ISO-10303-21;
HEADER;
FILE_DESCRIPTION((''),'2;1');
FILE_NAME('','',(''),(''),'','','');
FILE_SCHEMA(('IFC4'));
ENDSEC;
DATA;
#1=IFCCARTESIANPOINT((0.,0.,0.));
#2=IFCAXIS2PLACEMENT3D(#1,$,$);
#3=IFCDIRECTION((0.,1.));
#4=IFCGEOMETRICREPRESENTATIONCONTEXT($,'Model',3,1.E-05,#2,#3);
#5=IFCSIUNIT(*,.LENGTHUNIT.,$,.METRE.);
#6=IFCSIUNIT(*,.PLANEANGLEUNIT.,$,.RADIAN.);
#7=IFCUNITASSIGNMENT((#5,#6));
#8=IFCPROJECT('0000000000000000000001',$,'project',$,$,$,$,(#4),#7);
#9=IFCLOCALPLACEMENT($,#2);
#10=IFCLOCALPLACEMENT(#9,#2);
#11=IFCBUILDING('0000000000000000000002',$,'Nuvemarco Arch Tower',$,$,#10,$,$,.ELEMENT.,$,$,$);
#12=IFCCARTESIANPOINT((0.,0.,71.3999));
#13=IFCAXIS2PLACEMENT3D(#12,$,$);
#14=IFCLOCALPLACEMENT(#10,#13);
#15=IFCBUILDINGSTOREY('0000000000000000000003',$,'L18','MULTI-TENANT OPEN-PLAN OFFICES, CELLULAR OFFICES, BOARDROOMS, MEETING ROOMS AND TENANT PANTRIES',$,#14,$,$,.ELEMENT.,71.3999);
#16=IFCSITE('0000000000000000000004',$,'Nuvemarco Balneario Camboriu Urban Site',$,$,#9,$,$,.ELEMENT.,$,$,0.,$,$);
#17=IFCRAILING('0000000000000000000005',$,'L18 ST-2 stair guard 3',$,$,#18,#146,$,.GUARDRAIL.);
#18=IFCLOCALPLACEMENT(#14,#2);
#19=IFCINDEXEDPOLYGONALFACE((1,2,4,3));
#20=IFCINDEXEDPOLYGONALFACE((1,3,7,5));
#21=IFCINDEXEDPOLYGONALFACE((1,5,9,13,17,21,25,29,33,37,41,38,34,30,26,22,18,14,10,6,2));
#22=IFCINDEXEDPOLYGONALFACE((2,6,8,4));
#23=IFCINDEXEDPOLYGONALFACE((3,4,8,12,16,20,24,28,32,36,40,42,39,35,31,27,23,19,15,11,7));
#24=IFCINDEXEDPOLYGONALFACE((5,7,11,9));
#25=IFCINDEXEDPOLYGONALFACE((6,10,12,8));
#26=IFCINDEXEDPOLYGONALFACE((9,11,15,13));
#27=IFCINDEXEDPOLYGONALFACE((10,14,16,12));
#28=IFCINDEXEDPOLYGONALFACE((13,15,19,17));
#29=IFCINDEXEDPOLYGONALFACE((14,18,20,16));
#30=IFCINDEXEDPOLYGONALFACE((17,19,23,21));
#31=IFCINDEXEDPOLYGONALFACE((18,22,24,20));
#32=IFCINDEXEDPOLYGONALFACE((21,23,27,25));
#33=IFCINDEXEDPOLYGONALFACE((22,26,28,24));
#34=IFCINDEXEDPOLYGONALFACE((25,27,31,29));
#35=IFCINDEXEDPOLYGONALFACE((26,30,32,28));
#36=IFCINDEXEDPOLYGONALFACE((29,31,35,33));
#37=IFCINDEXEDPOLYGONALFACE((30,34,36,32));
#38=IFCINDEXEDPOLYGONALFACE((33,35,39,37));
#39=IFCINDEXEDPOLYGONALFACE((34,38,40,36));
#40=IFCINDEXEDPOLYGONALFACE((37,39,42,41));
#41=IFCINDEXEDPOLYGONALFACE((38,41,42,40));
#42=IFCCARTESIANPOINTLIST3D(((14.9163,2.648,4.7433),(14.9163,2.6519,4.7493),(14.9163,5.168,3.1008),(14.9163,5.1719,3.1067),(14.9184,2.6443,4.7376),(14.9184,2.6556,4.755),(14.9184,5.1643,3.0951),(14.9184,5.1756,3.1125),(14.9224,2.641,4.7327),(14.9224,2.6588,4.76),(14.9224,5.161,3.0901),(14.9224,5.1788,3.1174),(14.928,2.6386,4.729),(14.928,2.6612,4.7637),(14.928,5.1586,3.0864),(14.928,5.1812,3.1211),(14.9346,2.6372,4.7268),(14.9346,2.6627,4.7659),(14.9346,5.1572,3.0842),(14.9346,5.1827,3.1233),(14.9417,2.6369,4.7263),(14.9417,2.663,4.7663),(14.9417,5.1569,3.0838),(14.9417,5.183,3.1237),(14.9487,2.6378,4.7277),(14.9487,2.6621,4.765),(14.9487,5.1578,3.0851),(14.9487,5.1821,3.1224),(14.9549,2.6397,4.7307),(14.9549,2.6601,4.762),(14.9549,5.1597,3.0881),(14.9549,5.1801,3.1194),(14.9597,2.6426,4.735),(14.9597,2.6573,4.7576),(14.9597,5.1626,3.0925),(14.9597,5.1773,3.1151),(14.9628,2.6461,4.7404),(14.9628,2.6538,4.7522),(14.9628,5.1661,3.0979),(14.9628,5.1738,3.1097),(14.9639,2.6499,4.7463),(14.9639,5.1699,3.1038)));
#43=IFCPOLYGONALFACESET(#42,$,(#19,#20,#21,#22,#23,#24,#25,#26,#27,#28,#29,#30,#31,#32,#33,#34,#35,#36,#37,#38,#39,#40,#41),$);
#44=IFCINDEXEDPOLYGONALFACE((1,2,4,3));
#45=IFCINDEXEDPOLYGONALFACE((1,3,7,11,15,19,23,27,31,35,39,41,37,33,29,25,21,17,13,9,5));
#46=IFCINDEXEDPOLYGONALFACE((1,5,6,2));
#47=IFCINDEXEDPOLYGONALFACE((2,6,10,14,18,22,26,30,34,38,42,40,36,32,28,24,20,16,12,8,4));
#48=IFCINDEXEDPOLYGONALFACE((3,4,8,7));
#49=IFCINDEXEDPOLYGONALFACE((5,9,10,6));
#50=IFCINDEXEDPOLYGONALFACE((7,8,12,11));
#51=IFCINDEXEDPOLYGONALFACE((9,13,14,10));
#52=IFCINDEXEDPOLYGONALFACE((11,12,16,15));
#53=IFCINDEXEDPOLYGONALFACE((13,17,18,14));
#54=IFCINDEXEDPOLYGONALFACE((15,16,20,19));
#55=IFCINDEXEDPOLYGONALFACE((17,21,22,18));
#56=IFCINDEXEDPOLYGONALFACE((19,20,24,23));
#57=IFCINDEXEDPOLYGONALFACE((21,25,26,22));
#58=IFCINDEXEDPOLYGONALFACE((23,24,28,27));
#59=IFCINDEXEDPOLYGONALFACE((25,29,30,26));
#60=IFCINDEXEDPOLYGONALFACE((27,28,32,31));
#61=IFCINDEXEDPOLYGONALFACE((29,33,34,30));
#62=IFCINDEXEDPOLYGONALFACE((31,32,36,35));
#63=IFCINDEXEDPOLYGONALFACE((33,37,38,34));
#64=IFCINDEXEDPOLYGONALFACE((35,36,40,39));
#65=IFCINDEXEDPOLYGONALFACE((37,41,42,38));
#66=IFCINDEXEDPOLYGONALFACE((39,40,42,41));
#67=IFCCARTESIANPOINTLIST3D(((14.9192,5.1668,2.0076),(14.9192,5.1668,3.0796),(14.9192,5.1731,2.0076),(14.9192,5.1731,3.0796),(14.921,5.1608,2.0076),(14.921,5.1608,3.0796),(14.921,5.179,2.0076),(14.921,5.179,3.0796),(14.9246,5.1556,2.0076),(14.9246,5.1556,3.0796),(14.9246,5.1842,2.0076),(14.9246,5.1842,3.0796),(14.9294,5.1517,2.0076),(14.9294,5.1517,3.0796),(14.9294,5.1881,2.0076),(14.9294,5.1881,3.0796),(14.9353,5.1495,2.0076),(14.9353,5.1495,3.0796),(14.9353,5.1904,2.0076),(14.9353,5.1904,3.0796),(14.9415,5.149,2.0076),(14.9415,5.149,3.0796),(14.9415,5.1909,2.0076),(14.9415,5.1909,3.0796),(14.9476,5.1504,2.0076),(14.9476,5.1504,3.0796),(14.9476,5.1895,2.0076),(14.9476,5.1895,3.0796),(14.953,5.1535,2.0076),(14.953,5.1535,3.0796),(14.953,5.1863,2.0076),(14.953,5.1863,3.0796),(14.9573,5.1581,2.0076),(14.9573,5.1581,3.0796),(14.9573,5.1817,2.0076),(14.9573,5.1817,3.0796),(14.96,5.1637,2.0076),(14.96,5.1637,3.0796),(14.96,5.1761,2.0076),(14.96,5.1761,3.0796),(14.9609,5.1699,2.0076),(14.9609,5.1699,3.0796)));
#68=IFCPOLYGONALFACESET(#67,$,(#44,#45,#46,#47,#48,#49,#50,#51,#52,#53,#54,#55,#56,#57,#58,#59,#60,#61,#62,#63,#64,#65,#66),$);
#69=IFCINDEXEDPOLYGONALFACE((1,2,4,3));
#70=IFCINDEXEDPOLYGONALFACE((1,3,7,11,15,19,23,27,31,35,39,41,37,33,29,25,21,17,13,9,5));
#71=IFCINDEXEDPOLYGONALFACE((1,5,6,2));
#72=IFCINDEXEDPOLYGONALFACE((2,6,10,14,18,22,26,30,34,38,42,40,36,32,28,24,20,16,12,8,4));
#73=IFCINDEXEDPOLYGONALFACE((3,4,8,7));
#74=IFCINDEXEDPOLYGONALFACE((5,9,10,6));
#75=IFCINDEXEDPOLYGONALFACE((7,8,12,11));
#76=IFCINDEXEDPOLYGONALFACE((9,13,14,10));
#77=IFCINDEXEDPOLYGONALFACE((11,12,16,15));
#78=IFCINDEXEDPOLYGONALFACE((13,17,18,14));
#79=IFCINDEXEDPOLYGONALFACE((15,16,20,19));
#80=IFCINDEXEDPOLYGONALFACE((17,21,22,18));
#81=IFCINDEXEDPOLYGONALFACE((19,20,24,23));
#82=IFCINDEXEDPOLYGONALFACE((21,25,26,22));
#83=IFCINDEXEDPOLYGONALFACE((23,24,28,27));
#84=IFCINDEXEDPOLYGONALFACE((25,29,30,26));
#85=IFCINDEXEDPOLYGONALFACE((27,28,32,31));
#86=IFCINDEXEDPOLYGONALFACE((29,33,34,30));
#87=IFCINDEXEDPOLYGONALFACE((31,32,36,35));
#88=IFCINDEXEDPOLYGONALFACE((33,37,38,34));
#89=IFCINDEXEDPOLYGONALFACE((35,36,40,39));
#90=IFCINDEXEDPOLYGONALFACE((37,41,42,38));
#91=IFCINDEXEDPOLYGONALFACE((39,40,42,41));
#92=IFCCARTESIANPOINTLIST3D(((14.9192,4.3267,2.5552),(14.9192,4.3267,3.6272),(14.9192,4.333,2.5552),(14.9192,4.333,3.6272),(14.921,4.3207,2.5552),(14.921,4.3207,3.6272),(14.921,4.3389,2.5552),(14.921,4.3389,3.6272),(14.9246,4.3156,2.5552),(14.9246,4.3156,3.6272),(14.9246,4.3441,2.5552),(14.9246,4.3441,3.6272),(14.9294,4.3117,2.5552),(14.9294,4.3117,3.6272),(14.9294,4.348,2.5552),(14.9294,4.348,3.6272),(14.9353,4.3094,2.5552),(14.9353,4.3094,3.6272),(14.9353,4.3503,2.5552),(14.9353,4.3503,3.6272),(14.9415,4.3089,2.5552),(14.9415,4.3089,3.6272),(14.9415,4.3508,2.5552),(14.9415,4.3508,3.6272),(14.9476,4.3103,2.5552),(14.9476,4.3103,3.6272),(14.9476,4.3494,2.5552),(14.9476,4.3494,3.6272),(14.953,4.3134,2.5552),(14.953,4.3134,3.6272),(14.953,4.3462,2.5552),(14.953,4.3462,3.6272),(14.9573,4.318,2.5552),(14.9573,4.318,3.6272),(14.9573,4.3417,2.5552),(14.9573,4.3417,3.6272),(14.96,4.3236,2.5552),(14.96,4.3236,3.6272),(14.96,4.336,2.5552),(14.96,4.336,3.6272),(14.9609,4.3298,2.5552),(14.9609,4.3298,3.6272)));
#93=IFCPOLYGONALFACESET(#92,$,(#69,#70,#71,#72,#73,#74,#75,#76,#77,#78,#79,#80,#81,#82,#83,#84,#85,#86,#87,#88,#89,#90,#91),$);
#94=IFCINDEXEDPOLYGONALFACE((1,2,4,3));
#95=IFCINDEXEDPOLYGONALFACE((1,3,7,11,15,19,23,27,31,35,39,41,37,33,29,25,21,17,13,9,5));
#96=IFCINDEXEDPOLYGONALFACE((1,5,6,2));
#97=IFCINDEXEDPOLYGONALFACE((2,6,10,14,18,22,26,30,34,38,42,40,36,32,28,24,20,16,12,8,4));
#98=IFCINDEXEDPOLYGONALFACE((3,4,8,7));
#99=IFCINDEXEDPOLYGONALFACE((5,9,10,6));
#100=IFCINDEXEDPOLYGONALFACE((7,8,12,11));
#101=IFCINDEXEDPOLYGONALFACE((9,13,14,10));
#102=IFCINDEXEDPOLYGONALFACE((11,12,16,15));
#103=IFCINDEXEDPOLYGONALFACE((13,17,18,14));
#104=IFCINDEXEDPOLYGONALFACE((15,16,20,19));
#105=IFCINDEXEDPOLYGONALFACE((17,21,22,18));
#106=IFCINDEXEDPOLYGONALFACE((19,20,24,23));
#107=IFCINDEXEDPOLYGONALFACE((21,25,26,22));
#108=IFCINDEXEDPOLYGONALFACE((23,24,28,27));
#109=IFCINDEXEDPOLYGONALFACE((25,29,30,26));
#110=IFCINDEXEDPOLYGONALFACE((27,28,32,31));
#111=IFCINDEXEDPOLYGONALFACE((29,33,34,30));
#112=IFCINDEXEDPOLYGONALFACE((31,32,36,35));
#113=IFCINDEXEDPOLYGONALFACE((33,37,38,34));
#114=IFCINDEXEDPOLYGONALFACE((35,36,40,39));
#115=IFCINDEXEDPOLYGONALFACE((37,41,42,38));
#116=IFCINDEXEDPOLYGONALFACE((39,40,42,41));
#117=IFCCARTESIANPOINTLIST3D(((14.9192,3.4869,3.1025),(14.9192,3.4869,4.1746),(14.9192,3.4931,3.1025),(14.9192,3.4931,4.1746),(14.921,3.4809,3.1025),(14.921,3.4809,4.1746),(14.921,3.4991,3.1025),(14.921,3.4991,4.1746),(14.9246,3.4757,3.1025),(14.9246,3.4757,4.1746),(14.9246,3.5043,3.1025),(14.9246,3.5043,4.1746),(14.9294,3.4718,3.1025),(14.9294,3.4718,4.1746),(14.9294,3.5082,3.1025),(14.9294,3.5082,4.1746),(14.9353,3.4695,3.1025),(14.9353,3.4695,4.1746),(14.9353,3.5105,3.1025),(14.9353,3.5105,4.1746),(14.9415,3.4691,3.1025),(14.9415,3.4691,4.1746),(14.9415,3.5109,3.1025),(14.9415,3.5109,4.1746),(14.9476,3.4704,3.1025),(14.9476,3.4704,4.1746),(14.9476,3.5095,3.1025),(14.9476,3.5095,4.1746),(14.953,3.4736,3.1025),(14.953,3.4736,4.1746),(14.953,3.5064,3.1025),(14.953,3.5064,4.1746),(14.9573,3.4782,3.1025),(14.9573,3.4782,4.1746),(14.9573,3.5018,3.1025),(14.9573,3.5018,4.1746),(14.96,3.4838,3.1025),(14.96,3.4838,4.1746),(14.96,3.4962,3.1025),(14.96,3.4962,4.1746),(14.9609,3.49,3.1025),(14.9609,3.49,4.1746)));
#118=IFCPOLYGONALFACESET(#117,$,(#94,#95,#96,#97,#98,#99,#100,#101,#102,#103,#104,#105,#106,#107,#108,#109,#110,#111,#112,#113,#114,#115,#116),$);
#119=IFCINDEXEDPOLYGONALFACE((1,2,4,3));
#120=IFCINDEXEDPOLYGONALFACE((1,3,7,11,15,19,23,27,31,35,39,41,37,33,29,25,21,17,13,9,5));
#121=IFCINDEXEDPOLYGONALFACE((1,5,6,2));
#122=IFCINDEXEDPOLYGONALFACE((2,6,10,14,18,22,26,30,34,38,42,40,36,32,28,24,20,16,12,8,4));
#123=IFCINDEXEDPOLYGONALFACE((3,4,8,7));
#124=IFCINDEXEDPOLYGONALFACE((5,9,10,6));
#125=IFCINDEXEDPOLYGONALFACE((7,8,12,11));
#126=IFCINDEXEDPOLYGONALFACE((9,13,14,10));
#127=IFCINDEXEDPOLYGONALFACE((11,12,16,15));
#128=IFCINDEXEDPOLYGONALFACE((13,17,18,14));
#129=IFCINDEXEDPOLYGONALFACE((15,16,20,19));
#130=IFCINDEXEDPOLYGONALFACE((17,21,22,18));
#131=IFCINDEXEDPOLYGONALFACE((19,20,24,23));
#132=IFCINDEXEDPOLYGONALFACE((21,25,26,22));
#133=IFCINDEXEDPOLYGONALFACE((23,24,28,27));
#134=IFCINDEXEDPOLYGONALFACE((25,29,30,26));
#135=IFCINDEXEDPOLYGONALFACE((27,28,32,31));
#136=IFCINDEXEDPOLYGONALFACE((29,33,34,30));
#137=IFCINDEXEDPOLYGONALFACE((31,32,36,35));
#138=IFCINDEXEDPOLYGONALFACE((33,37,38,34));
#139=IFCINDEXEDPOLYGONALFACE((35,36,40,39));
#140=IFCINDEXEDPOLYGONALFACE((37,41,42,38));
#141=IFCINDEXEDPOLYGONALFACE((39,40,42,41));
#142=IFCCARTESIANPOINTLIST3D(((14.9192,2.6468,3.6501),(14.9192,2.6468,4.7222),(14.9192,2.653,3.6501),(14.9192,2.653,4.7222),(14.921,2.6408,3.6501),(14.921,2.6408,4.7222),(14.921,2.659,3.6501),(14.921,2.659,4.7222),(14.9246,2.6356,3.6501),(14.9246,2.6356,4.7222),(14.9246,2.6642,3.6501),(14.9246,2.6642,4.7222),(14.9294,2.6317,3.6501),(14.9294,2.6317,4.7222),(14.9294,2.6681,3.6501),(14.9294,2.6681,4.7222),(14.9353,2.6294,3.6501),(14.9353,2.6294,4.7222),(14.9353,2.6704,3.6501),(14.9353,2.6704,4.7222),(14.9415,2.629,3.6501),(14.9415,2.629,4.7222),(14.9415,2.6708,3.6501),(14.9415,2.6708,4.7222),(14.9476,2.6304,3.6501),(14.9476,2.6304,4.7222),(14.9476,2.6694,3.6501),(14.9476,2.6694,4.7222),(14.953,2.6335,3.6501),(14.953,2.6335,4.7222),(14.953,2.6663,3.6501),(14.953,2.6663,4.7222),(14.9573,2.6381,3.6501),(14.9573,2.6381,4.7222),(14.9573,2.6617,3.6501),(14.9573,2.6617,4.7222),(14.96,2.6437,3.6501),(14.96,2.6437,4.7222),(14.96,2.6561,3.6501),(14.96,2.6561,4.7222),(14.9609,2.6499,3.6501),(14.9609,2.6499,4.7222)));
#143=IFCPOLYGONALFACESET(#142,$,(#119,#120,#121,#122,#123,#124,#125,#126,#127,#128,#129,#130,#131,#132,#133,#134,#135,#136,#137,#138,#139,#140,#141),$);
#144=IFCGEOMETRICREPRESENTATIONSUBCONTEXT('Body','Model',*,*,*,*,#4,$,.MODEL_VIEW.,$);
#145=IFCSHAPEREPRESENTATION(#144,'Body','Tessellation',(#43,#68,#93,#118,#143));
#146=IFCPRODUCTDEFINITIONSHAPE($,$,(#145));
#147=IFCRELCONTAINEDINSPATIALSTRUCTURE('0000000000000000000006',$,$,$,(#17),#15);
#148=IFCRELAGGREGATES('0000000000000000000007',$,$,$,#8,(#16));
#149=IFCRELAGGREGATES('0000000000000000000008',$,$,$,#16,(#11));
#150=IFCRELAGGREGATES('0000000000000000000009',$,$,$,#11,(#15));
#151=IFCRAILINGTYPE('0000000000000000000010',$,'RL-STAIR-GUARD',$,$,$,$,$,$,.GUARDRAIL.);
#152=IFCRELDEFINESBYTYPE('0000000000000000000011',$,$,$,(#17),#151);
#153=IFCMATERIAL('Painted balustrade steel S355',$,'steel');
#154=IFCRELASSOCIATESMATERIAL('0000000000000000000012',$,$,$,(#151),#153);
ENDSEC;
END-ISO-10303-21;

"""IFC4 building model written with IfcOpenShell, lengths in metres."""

from ifc_helpers import new_model, si_unit, direction, frame, origin, origin_2d, place, context, subcontext, project, spatial, circle, extrude, material, type_object, element, save


model = new_model("IFC4")

# Units and contexts
model_context = context("Model", 3, precision=1e-05, world=origin(), true_north=direction((0.0, 1.0)))
body_context = subcontext(model_context, "Body", "Model", "MODEL_VIEW")
ifc_project = project(units=[si_unit("LENGTHUNIT", "METRE"), si_unit("PLANEANGLEUNIT", "RADIAN")], contexts=[model_context])

# Site, building, storey
site_placement = place(None, origin())
site = spatial("IfcSite", under=ifc_project, at=site_placement, Name="Nuvemarco Balneario Camboriu Urban Site", CompositionType="ELEMENT", RefElevation=0.0)
building_placement = place(site_placement, origin())
building = spatial("IfcBuilding", under=site, at=building_placement, Name="Nuvemarco Arch Tower", CompositionType="ELEMENT")
storey_placement = place(building_placement, frame((0.0, 0.0, 71.3999)))
storey = spatial("IfcBuildingStorey", under=building, at=storey_placement, Name="L18", Description="MULTI-TENANT OPEN-PLAN OFFICES, CELLULAR OFFICES, BOARDROOMS, MEETING ROOMS AND TENANT PANTRIES", CompositionType="ELEMENT", Elevation=71.3999)

# Railing
ifc_material_1 = material(Name="Painted balustrade steel S355", Category="steel")
railing_type_1 = type_object("IfcRailingType", Name="RL-STAIR-GUARD", PredefinedType="GUARDRAIL", material=ifc_material_1)
railing_1_placement = place(storey_placement, frame((14.9399, 5.1699, 2.0076)))
element("IfcRailing", 1, at=railing_1_placement, inside=storey, type_object=railing_type_1, Name="L18 ST-2 stair guard 3", PredefinedType="GUARDRAIL", context=body_context, shape_type="SweptSolid", body=[
    extrude(circle(Radius=0.0239, at=origin_2d()), frame((0.0, 0.0, 1.0962), z_axis=(0.0, -0.837749, 0.546055), x_axis=(1.0, 0.0, 0.0)), (0.0, 0.0, 1.0), 3.0081),
    extrude(circle(Radius=0.021, at=origin_2d()), origin(), (0.0, 0.0, 1.0), 1.072),
    extrude(circle(Radius=0.021, at=origin_2d()), frame((0.0, -0.8401, 0.5476)), (0.0, 0.0, 1.0), 1.072),
    extrude(circle(Radius=0.021, at=origin_2d()), frame((0.0, -1.6799, 1.095)), (0.0, 0.0, 1.0), 1.072),
    extrude(circle(Radius=0.021, at=origin_2d()), frame((0.0, -2.52, 1.6426)), (0.0, 0.0, 1.0), 1.072),
])

save(model, "model.ifc")
